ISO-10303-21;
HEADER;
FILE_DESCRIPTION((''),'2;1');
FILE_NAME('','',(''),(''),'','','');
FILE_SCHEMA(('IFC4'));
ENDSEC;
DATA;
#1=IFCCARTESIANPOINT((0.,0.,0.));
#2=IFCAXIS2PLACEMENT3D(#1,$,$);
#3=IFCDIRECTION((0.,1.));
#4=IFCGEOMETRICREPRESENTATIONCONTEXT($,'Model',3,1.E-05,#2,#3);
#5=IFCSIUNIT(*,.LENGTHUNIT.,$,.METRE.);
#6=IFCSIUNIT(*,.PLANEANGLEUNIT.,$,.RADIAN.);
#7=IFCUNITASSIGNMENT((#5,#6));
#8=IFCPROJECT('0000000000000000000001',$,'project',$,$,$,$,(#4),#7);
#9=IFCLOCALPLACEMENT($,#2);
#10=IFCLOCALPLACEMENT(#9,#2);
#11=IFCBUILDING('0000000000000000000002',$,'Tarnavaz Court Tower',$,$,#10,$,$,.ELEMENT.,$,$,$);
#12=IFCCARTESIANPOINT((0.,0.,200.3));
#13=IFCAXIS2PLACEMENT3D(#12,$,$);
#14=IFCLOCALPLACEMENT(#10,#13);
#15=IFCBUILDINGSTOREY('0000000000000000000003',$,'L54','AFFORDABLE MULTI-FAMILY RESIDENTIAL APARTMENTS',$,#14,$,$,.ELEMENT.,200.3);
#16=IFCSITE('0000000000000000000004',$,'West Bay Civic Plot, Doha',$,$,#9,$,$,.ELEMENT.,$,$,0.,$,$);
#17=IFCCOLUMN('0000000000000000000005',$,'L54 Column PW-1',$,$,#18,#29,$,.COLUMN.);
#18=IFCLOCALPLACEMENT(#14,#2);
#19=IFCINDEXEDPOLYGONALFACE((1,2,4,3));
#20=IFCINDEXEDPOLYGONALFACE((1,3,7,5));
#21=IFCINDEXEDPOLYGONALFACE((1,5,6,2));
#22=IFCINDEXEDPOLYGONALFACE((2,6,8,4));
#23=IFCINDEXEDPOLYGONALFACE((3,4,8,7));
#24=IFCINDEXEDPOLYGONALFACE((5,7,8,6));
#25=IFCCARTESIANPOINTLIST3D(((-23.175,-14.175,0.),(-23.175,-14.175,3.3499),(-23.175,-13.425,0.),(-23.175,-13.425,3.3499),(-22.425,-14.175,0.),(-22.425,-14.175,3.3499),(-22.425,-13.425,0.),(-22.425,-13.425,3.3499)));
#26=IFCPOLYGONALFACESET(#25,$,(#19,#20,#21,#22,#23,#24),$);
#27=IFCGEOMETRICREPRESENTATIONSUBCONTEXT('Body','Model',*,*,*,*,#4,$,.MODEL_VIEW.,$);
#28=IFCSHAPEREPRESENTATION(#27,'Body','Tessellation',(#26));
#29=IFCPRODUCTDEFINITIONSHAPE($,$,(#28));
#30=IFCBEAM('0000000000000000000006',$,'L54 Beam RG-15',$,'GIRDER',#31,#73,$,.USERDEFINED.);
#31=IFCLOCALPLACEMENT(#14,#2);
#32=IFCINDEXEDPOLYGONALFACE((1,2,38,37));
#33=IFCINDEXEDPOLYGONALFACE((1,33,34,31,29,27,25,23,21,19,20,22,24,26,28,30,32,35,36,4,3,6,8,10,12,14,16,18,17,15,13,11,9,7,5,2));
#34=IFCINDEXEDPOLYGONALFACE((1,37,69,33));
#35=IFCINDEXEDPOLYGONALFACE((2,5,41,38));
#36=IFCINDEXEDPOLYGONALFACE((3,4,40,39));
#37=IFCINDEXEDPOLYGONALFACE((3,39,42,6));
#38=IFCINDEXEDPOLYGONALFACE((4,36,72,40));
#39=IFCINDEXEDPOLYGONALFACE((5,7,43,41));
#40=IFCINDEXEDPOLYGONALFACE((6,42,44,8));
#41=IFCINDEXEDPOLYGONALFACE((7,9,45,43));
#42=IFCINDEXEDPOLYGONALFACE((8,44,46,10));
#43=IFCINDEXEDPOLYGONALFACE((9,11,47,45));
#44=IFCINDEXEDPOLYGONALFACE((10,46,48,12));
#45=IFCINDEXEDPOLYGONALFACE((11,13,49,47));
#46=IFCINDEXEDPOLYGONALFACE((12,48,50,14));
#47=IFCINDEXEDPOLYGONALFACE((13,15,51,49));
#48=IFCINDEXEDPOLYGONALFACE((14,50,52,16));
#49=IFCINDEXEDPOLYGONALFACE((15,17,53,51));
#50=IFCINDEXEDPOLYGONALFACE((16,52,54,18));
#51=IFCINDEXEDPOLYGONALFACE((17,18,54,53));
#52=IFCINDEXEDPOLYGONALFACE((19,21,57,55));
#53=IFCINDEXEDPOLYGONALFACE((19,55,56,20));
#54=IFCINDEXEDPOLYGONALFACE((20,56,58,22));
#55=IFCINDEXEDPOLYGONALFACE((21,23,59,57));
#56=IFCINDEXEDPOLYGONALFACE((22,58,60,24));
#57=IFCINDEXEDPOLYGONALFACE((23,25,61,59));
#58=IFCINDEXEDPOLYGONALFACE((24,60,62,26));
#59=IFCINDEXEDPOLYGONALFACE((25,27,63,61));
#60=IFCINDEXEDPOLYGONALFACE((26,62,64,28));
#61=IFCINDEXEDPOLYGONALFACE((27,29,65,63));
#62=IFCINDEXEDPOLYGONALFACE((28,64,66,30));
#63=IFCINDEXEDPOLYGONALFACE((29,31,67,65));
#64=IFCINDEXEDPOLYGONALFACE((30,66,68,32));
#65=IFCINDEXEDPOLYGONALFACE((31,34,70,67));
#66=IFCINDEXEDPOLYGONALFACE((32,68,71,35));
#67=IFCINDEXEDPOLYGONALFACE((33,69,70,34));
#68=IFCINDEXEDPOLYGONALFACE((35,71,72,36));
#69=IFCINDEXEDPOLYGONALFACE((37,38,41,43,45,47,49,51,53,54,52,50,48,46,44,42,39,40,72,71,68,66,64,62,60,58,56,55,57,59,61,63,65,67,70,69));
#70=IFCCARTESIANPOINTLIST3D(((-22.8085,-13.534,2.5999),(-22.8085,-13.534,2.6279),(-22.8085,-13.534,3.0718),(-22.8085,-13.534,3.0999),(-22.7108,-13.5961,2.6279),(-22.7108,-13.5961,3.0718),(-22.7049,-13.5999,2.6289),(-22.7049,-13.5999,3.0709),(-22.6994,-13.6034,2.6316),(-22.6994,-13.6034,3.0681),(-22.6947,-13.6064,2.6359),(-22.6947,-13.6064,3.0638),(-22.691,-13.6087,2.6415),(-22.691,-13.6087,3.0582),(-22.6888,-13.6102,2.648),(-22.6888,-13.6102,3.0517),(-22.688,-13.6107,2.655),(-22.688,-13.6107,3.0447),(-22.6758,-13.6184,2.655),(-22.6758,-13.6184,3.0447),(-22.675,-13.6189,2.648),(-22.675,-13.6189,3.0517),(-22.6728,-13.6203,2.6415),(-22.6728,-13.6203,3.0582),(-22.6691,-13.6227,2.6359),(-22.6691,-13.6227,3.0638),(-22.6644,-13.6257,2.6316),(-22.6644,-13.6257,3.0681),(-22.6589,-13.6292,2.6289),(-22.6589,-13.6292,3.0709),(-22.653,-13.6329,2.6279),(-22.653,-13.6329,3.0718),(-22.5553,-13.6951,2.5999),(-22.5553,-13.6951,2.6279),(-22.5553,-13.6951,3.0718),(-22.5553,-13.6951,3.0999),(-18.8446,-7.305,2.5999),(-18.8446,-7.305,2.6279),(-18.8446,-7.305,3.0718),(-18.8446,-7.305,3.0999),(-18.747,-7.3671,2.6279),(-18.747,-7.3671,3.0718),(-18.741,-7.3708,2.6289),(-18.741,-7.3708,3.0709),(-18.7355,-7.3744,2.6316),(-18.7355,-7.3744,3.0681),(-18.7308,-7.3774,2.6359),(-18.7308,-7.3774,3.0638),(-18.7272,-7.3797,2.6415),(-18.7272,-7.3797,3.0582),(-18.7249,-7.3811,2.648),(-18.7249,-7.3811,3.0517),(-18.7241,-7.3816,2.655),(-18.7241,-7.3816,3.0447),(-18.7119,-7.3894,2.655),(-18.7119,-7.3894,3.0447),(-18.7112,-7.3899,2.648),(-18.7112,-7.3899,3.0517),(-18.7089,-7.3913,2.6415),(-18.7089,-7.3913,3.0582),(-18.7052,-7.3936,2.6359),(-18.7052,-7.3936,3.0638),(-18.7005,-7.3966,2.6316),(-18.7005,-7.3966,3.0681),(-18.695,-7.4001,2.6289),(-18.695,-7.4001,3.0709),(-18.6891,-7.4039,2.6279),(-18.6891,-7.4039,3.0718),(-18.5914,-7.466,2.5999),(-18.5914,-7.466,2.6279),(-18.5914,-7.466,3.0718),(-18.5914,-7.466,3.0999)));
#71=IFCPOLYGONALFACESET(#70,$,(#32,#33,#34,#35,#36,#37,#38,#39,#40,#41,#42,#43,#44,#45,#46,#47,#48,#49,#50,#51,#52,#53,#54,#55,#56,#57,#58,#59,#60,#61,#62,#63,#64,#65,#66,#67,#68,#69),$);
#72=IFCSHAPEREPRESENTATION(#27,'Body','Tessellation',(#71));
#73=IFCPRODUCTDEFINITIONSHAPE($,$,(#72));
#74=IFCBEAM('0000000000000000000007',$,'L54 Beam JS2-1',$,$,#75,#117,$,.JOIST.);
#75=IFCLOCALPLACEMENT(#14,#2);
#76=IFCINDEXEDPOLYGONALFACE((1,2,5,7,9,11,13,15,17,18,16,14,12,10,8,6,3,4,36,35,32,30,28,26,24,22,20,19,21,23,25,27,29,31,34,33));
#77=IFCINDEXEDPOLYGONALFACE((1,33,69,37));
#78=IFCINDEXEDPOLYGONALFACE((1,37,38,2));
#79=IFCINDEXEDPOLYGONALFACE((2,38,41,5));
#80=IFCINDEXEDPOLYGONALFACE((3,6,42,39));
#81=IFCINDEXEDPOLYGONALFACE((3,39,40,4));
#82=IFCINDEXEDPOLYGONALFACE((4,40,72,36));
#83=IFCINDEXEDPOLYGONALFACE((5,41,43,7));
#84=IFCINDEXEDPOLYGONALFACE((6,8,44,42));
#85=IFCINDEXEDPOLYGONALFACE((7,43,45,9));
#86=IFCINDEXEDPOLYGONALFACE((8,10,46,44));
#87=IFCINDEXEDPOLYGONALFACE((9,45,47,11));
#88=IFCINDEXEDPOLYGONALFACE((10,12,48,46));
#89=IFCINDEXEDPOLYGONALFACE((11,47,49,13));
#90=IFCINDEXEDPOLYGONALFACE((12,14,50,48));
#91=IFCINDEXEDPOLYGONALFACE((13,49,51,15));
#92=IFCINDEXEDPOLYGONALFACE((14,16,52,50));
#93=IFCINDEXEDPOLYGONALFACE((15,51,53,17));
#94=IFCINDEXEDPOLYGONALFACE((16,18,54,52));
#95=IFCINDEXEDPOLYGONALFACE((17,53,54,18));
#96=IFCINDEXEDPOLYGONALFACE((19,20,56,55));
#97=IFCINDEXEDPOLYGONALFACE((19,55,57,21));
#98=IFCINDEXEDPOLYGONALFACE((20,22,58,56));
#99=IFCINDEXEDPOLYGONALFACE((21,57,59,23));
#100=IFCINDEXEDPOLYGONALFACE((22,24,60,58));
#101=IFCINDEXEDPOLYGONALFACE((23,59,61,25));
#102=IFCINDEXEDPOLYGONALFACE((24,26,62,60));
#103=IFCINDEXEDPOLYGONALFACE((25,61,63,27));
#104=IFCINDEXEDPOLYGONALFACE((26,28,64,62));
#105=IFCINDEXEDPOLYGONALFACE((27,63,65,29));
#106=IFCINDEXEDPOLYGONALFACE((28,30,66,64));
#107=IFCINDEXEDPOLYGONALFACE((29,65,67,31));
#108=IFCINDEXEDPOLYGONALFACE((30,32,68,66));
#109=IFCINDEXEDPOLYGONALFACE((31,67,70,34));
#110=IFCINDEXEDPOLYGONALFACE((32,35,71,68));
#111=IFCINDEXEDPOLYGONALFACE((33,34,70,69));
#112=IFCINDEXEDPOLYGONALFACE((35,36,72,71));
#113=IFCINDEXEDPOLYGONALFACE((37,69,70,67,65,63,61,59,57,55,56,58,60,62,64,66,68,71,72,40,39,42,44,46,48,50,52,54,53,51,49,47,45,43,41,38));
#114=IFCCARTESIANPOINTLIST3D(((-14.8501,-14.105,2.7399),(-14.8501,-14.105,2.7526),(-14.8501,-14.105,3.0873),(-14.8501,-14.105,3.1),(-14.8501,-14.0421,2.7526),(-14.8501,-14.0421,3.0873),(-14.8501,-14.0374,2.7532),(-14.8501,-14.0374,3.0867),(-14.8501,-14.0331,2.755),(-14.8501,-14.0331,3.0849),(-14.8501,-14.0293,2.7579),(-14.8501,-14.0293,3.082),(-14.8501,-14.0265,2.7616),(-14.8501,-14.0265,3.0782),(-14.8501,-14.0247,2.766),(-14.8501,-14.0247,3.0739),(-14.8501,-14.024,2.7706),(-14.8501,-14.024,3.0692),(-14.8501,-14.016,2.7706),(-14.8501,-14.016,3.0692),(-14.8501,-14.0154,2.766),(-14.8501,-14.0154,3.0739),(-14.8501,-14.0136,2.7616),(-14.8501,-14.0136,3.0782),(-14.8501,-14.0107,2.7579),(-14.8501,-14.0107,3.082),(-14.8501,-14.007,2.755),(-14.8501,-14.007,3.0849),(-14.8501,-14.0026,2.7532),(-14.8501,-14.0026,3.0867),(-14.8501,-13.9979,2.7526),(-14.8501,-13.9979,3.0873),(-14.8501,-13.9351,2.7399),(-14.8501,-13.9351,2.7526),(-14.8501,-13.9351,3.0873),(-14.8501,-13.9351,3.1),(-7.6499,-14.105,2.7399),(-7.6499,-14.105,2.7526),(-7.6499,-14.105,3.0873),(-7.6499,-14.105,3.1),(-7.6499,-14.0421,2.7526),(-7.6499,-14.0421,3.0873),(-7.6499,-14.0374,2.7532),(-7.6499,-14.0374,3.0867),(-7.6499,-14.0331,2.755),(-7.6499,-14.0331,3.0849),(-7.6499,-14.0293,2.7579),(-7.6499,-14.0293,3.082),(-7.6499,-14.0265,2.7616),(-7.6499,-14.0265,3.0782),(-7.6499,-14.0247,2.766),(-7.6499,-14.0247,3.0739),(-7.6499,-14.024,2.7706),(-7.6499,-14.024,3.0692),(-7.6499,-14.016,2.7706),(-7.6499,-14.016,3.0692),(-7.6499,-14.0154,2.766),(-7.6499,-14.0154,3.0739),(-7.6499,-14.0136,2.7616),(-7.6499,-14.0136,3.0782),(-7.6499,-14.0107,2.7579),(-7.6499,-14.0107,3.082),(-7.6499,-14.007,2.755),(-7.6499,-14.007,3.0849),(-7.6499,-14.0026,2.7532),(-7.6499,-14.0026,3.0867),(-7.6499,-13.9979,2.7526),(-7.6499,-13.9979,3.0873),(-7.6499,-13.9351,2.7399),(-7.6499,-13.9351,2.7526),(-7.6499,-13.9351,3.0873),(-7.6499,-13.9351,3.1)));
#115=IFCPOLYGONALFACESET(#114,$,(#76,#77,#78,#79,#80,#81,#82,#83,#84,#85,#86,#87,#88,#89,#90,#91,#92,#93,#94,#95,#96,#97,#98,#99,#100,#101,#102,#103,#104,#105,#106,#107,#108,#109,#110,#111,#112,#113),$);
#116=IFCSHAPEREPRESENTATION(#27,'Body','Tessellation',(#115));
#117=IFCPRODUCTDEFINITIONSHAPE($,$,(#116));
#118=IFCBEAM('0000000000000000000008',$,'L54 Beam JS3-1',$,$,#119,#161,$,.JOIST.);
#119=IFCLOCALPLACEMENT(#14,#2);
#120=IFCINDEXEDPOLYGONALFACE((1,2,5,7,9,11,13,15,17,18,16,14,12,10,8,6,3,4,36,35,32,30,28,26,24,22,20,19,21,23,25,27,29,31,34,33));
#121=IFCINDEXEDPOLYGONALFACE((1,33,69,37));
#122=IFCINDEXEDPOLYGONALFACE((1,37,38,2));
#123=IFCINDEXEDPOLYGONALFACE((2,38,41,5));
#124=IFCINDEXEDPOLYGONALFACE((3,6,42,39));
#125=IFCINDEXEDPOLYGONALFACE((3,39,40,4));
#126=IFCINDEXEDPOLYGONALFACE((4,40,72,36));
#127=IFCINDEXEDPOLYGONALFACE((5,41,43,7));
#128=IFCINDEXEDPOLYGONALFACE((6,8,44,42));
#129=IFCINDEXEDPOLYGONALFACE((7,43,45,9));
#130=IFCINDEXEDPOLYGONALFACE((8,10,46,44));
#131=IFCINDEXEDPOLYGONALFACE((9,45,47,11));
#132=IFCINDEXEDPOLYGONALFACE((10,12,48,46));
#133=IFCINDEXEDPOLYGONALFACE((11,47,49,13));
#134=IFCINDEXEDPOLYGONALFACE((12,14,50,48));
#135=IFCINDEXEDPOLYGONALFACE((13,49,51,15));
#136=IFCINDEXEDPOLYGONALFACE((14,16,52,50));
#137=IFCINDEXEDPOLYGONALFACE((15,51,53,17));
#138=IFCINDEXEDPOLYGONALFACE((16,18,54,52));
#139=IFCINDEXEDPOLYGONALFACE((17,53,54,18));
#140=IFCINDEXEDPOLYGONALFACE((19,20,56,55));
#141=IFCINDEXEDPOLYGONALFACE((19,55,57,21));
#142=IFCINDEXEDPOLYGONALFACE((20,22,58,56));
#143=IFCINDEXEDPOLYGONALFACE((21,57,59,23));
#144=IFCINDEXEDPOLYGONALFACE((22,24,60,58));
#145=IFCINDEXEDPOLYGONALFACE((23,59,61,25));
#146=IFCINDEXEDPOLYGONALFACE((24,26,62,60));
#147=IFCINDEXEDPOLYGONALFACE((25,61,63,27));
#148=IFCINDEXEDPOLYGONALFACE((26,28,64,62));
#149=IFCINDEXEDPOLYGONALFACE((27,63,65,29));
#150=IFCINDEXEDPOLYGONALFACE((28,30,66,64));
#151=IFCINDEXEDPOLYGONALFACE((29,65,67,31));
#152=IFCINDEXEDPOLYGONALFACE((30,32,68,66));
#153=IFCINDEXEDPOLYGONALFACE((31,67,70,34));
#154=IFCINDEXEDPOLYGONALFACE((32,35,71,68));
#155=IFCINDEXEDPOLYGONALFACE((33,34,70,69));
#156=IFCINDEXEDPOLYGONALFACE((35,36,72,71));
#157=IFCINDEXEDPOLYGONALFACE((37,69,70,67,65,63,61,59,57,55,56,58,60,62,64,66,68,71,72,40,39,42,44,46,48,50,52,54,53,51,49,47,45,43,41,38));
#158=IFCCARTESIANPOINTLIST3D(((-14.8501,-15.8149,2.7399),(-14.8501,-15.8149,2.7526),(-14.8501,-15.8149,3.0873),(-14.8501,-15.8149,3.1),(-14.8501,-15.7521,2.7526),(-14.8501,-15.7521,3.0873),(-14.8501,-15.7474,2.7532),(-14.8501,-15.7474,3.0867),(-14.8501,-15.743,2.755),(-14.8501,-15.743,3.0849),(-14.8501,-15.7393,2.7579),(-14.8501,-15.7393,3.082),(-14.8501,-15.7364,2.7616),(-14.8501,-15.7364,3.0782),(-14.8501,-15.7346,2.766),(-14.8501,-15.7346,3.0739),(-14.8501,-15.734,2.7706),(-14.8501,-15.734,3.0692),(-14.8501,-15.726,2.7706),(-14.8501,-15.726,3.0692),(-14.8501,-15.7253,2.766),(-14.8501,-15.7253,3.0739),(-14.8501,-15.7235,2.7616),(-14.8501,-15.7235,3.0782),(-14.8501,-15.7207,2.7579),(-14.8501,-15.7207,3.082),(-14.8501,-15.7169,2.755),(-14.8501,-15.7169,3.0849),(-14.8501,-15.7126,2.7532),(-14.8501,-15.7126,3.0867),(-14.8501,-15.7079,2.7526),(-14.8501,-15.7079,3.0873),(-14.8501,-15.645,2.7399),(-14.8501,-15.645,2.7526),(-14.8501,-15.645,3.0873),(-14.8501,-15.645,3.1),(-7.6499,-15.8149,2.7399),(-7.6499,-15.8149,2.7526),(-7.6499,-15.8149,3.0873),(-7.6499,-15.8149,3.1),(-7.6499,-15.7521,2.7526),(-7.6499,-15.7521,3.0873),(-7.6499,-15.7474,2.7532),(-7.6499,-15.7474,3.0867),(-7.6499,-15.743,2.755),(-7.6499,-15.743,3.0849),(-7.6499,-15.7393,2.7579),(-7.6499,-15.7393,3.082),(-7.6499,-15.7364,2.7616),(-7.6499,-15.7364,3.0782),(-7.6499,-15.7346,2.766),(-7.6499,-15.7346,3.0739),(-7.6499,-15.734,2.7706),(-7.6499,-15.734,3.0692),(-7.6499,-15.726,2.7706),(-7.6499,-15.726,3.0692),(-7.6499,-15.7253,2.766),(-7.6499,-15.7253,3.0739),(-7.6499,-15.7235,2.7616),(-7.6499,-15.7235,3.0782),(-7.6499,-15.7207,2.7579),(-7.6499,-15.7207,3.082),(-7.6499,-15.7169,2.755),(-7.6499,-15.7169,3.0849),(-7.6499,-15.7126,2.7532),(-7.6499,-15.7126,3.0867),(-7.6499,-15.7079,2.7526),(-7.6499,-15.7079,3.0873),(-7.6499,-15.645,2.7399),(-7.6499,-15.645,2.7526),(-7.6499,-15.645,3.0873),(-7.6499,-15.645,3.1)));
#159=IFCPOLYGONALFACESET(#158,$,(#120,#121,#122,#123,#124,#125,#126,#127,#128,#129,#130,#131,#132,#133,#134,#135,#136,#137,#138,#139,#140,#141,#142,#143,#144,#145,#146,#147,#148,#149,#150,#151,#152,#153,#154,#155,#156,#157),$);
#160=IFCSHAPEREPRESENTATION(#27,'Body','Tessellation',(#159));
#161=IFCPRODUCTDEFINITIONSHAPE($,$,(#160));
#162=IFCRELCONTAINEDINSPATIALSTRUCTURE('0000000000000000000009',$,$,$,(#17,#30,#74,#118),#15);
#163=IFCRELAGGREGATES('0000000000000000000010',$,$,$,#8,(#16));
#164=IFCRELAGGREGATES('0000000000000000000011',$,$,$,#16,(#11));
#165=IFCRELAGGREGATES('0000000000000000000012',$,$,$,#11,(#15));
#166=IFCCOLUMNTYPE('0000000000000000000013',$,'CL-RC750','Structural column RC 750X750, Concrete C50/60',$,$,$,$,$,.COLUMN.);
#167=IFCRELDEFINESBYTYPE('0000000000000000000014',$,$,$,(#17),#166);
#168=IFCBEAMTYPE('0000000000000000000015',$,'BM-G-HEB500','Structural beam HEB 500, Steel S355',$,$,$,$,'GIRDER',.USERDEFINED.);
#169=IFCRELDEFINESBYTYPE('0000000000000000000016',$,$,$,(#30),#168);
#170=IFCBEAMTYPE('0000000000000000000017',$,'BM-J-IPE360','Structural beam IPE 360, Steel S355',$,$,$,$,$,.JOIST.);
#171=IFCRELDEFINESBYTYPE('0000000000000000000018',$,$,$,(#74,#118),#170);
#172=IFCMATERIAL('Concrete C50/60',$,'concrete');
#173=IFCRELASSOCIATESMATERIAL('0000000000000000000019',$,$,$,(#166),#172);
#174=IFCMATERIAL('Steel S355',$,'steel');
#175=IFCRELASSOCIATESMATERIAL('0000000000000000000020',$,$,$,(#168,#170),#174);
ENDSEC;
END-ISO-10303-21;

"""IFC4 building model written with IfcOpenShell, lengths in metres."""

from ifc_helpers import new_model, si_unit, direction, frame, origin, origin_2d, place, context, subcontext, project, spatial, rectangle, i_section, extrude, material, material_profile, profile_set, type_object, element, save


model = new_model("IFC4")

# Units and contexts
model_context = context("Model", 3, precision=1e-05, world=origin(), true_north=direction((0.0, 1.0)))
body_context = subcontext(model_context, "Body", "Model", "MODEL_VIEW")
ifc_project = project(units=[si_unit("LENGTHUNIT", "METRE"), si_unit("PLANEANGLEUNIT", "RADIAN")], contexts=[model_context])

# Site, building, storey
site_placement = place(None, origin())
site = spatial("IfcSite", under=ifc_project, at=site_placement, Name="West Bay Civic Plot, Doha", CompositionType="ELEMENT", RefElevation=0.0)
building_placement = place(site_placement, origin())
building = spatial("IfcBuilding", under=site, at=building_placement, Name="Tarnavaz Court Tower", CompositionType="ELEMENT")
storey_placement = place(building_placement, frame((0.0, 0.0, 200.3)))
storey = spatial("IfcBuildingStorey", under=building, at=storey_placement, Name="L54", Description="AFFORDABLE MULTI-FAMILY RESIDENTIAL APARTMENTS", CompositionType="ELEMENT", Elevation=200.3)

# Column
ifc_material_1 = material(Name="Concrete C50/60", Category="concrete")
ifc_material_profile_1 = material_profile(ifc_material_1, rectangle(XDim=0.75, YDim=0.75, at=origin_2d()), Name="RC 750X750")
ifc_profile_set_1 = profile_set([ifc_material_profile_1], Name="Concrete C50/60")
column_type = type_object("IfcColumnType", Name="CL-RC750", Description="Structural column RC 750X750, Concrete C50/60", PredefinedType="COLUMN", material=ifc_profile_set_1)
column_placement = place(storey_placement, frame((-22.8, -13.8, 0.0), z_axis=(0.0, 0.0, 1.0), x_axis=(1.0, 0.0, 0.0)))
element("IfcColumn", 1, at=column_placement, inside=storey, type_object=column_type, Name="L54 Column PW-1", PredefinedType="COLUMN", context=body_context, shape_type="SweptSolid", body=[
    extrude(rectangle(XDim=0.75, YDim=0.75, at=origin_2d()), origin(), (0.0, 0.0, 1.0), 3.3499),
])

# Beams
ifc_material_2 = material(Name="Steel S355", Category="steel")
ifc_material_profile_2 = material_profile(ifc_material_2, i_section(OverallWidth=0.3, OverallDepth=0.5, WebThickness=0.0144, FlangeThickness=0.0281, FilletRadius=0.0271, at=origin_2d()), Name="HEB 500")
ifc_profile_set_2 = profile_set([ifc_material_profile_2], Name="Steel S355")
beam_type_1 = type_object("IfcBeamType", Name="BM-G-HEB500", Description="Structural beam HEB 500, Steel S355", ElementType="GIRDER", PredefinedType="USERDEFINED", material=ifc_profile_set_2)
beam_1_placement = place(storey_placement, frame((-18.718, -7.3855, 2.8499), z_axis=(-0.536871, -0.843664, 0.0), x_axis=(0.843664, -0.536871, 0.0)))
element("IfcBeam", 2, at=beam_1_placement, inside=storey, type_object=beam_type_1, Name="L54 Beam RG-15", ObjectType="GIRDER", PredefinedType="USERDEFINED", context=body_context, shape_type="SweptSolid", body=[
    extrude(i_section(OverallWidth=0.3, OverallDepth=0.5, WebThickness=0.0144, FlangeThickness=0.0281, FilletRadius=0.0271, at=origin_2d()), origin(), (0.0, 0.0, 1.0), 7.3833),
])
ifc_material_profile_3 = material_profile(ifc_material_2, i_section(OverallWidth=0.1699, OverallDepth=0.3601, WebThickness=0.0081, FlangeThickness=0.0127, FilletRadius=0.0181, at=origin_2d()), Name="IPE 360")
ifc_profile_set_3 = profile_set([ifc_material_profile_3], Name="Steel S355")
beam_type_2 = type_object("IfcBeamType", Name="BM-J-IPE360", Description="Structural beam IPE 360, Steel S355", PredefinedType="JOIST", material=ifc_profile_set_3)
for number, where, z_axis, x_axis, name in (
    (3, (-14.8501, -14.02, 2.9199), (1.0, 0.0, 0.0), (0.0, 1.0, 0.0), "L54 Beam JS2-1"),
    (4, (-14.8501, -15.73, 2.9199), (1.0, 0.0, 0.0), (0.0, 1.0, 0.0), "L54 Beam JS3-1"),
):
    element("IfcBeam", number, at=place(storey_placement, frame(where, z_axis=z_axis, x_axis=x_axis)), inside=storey, type_object=beam_type_2, Name=name, PredefinedType="JOIST", context=body_context, shape_type="SweptSolid", body=[
        extrude(i_section(OverallWidth=0.1699, OverallDepth=0.3601, WebThickness=0.0081, FlangeThickness=0.0127, FilletRadius=0.0181, at=origin_2d()), origin(), (0.0, 0.0, 1.0), 7.2002),
    ])

save(model, "model.ifc")
